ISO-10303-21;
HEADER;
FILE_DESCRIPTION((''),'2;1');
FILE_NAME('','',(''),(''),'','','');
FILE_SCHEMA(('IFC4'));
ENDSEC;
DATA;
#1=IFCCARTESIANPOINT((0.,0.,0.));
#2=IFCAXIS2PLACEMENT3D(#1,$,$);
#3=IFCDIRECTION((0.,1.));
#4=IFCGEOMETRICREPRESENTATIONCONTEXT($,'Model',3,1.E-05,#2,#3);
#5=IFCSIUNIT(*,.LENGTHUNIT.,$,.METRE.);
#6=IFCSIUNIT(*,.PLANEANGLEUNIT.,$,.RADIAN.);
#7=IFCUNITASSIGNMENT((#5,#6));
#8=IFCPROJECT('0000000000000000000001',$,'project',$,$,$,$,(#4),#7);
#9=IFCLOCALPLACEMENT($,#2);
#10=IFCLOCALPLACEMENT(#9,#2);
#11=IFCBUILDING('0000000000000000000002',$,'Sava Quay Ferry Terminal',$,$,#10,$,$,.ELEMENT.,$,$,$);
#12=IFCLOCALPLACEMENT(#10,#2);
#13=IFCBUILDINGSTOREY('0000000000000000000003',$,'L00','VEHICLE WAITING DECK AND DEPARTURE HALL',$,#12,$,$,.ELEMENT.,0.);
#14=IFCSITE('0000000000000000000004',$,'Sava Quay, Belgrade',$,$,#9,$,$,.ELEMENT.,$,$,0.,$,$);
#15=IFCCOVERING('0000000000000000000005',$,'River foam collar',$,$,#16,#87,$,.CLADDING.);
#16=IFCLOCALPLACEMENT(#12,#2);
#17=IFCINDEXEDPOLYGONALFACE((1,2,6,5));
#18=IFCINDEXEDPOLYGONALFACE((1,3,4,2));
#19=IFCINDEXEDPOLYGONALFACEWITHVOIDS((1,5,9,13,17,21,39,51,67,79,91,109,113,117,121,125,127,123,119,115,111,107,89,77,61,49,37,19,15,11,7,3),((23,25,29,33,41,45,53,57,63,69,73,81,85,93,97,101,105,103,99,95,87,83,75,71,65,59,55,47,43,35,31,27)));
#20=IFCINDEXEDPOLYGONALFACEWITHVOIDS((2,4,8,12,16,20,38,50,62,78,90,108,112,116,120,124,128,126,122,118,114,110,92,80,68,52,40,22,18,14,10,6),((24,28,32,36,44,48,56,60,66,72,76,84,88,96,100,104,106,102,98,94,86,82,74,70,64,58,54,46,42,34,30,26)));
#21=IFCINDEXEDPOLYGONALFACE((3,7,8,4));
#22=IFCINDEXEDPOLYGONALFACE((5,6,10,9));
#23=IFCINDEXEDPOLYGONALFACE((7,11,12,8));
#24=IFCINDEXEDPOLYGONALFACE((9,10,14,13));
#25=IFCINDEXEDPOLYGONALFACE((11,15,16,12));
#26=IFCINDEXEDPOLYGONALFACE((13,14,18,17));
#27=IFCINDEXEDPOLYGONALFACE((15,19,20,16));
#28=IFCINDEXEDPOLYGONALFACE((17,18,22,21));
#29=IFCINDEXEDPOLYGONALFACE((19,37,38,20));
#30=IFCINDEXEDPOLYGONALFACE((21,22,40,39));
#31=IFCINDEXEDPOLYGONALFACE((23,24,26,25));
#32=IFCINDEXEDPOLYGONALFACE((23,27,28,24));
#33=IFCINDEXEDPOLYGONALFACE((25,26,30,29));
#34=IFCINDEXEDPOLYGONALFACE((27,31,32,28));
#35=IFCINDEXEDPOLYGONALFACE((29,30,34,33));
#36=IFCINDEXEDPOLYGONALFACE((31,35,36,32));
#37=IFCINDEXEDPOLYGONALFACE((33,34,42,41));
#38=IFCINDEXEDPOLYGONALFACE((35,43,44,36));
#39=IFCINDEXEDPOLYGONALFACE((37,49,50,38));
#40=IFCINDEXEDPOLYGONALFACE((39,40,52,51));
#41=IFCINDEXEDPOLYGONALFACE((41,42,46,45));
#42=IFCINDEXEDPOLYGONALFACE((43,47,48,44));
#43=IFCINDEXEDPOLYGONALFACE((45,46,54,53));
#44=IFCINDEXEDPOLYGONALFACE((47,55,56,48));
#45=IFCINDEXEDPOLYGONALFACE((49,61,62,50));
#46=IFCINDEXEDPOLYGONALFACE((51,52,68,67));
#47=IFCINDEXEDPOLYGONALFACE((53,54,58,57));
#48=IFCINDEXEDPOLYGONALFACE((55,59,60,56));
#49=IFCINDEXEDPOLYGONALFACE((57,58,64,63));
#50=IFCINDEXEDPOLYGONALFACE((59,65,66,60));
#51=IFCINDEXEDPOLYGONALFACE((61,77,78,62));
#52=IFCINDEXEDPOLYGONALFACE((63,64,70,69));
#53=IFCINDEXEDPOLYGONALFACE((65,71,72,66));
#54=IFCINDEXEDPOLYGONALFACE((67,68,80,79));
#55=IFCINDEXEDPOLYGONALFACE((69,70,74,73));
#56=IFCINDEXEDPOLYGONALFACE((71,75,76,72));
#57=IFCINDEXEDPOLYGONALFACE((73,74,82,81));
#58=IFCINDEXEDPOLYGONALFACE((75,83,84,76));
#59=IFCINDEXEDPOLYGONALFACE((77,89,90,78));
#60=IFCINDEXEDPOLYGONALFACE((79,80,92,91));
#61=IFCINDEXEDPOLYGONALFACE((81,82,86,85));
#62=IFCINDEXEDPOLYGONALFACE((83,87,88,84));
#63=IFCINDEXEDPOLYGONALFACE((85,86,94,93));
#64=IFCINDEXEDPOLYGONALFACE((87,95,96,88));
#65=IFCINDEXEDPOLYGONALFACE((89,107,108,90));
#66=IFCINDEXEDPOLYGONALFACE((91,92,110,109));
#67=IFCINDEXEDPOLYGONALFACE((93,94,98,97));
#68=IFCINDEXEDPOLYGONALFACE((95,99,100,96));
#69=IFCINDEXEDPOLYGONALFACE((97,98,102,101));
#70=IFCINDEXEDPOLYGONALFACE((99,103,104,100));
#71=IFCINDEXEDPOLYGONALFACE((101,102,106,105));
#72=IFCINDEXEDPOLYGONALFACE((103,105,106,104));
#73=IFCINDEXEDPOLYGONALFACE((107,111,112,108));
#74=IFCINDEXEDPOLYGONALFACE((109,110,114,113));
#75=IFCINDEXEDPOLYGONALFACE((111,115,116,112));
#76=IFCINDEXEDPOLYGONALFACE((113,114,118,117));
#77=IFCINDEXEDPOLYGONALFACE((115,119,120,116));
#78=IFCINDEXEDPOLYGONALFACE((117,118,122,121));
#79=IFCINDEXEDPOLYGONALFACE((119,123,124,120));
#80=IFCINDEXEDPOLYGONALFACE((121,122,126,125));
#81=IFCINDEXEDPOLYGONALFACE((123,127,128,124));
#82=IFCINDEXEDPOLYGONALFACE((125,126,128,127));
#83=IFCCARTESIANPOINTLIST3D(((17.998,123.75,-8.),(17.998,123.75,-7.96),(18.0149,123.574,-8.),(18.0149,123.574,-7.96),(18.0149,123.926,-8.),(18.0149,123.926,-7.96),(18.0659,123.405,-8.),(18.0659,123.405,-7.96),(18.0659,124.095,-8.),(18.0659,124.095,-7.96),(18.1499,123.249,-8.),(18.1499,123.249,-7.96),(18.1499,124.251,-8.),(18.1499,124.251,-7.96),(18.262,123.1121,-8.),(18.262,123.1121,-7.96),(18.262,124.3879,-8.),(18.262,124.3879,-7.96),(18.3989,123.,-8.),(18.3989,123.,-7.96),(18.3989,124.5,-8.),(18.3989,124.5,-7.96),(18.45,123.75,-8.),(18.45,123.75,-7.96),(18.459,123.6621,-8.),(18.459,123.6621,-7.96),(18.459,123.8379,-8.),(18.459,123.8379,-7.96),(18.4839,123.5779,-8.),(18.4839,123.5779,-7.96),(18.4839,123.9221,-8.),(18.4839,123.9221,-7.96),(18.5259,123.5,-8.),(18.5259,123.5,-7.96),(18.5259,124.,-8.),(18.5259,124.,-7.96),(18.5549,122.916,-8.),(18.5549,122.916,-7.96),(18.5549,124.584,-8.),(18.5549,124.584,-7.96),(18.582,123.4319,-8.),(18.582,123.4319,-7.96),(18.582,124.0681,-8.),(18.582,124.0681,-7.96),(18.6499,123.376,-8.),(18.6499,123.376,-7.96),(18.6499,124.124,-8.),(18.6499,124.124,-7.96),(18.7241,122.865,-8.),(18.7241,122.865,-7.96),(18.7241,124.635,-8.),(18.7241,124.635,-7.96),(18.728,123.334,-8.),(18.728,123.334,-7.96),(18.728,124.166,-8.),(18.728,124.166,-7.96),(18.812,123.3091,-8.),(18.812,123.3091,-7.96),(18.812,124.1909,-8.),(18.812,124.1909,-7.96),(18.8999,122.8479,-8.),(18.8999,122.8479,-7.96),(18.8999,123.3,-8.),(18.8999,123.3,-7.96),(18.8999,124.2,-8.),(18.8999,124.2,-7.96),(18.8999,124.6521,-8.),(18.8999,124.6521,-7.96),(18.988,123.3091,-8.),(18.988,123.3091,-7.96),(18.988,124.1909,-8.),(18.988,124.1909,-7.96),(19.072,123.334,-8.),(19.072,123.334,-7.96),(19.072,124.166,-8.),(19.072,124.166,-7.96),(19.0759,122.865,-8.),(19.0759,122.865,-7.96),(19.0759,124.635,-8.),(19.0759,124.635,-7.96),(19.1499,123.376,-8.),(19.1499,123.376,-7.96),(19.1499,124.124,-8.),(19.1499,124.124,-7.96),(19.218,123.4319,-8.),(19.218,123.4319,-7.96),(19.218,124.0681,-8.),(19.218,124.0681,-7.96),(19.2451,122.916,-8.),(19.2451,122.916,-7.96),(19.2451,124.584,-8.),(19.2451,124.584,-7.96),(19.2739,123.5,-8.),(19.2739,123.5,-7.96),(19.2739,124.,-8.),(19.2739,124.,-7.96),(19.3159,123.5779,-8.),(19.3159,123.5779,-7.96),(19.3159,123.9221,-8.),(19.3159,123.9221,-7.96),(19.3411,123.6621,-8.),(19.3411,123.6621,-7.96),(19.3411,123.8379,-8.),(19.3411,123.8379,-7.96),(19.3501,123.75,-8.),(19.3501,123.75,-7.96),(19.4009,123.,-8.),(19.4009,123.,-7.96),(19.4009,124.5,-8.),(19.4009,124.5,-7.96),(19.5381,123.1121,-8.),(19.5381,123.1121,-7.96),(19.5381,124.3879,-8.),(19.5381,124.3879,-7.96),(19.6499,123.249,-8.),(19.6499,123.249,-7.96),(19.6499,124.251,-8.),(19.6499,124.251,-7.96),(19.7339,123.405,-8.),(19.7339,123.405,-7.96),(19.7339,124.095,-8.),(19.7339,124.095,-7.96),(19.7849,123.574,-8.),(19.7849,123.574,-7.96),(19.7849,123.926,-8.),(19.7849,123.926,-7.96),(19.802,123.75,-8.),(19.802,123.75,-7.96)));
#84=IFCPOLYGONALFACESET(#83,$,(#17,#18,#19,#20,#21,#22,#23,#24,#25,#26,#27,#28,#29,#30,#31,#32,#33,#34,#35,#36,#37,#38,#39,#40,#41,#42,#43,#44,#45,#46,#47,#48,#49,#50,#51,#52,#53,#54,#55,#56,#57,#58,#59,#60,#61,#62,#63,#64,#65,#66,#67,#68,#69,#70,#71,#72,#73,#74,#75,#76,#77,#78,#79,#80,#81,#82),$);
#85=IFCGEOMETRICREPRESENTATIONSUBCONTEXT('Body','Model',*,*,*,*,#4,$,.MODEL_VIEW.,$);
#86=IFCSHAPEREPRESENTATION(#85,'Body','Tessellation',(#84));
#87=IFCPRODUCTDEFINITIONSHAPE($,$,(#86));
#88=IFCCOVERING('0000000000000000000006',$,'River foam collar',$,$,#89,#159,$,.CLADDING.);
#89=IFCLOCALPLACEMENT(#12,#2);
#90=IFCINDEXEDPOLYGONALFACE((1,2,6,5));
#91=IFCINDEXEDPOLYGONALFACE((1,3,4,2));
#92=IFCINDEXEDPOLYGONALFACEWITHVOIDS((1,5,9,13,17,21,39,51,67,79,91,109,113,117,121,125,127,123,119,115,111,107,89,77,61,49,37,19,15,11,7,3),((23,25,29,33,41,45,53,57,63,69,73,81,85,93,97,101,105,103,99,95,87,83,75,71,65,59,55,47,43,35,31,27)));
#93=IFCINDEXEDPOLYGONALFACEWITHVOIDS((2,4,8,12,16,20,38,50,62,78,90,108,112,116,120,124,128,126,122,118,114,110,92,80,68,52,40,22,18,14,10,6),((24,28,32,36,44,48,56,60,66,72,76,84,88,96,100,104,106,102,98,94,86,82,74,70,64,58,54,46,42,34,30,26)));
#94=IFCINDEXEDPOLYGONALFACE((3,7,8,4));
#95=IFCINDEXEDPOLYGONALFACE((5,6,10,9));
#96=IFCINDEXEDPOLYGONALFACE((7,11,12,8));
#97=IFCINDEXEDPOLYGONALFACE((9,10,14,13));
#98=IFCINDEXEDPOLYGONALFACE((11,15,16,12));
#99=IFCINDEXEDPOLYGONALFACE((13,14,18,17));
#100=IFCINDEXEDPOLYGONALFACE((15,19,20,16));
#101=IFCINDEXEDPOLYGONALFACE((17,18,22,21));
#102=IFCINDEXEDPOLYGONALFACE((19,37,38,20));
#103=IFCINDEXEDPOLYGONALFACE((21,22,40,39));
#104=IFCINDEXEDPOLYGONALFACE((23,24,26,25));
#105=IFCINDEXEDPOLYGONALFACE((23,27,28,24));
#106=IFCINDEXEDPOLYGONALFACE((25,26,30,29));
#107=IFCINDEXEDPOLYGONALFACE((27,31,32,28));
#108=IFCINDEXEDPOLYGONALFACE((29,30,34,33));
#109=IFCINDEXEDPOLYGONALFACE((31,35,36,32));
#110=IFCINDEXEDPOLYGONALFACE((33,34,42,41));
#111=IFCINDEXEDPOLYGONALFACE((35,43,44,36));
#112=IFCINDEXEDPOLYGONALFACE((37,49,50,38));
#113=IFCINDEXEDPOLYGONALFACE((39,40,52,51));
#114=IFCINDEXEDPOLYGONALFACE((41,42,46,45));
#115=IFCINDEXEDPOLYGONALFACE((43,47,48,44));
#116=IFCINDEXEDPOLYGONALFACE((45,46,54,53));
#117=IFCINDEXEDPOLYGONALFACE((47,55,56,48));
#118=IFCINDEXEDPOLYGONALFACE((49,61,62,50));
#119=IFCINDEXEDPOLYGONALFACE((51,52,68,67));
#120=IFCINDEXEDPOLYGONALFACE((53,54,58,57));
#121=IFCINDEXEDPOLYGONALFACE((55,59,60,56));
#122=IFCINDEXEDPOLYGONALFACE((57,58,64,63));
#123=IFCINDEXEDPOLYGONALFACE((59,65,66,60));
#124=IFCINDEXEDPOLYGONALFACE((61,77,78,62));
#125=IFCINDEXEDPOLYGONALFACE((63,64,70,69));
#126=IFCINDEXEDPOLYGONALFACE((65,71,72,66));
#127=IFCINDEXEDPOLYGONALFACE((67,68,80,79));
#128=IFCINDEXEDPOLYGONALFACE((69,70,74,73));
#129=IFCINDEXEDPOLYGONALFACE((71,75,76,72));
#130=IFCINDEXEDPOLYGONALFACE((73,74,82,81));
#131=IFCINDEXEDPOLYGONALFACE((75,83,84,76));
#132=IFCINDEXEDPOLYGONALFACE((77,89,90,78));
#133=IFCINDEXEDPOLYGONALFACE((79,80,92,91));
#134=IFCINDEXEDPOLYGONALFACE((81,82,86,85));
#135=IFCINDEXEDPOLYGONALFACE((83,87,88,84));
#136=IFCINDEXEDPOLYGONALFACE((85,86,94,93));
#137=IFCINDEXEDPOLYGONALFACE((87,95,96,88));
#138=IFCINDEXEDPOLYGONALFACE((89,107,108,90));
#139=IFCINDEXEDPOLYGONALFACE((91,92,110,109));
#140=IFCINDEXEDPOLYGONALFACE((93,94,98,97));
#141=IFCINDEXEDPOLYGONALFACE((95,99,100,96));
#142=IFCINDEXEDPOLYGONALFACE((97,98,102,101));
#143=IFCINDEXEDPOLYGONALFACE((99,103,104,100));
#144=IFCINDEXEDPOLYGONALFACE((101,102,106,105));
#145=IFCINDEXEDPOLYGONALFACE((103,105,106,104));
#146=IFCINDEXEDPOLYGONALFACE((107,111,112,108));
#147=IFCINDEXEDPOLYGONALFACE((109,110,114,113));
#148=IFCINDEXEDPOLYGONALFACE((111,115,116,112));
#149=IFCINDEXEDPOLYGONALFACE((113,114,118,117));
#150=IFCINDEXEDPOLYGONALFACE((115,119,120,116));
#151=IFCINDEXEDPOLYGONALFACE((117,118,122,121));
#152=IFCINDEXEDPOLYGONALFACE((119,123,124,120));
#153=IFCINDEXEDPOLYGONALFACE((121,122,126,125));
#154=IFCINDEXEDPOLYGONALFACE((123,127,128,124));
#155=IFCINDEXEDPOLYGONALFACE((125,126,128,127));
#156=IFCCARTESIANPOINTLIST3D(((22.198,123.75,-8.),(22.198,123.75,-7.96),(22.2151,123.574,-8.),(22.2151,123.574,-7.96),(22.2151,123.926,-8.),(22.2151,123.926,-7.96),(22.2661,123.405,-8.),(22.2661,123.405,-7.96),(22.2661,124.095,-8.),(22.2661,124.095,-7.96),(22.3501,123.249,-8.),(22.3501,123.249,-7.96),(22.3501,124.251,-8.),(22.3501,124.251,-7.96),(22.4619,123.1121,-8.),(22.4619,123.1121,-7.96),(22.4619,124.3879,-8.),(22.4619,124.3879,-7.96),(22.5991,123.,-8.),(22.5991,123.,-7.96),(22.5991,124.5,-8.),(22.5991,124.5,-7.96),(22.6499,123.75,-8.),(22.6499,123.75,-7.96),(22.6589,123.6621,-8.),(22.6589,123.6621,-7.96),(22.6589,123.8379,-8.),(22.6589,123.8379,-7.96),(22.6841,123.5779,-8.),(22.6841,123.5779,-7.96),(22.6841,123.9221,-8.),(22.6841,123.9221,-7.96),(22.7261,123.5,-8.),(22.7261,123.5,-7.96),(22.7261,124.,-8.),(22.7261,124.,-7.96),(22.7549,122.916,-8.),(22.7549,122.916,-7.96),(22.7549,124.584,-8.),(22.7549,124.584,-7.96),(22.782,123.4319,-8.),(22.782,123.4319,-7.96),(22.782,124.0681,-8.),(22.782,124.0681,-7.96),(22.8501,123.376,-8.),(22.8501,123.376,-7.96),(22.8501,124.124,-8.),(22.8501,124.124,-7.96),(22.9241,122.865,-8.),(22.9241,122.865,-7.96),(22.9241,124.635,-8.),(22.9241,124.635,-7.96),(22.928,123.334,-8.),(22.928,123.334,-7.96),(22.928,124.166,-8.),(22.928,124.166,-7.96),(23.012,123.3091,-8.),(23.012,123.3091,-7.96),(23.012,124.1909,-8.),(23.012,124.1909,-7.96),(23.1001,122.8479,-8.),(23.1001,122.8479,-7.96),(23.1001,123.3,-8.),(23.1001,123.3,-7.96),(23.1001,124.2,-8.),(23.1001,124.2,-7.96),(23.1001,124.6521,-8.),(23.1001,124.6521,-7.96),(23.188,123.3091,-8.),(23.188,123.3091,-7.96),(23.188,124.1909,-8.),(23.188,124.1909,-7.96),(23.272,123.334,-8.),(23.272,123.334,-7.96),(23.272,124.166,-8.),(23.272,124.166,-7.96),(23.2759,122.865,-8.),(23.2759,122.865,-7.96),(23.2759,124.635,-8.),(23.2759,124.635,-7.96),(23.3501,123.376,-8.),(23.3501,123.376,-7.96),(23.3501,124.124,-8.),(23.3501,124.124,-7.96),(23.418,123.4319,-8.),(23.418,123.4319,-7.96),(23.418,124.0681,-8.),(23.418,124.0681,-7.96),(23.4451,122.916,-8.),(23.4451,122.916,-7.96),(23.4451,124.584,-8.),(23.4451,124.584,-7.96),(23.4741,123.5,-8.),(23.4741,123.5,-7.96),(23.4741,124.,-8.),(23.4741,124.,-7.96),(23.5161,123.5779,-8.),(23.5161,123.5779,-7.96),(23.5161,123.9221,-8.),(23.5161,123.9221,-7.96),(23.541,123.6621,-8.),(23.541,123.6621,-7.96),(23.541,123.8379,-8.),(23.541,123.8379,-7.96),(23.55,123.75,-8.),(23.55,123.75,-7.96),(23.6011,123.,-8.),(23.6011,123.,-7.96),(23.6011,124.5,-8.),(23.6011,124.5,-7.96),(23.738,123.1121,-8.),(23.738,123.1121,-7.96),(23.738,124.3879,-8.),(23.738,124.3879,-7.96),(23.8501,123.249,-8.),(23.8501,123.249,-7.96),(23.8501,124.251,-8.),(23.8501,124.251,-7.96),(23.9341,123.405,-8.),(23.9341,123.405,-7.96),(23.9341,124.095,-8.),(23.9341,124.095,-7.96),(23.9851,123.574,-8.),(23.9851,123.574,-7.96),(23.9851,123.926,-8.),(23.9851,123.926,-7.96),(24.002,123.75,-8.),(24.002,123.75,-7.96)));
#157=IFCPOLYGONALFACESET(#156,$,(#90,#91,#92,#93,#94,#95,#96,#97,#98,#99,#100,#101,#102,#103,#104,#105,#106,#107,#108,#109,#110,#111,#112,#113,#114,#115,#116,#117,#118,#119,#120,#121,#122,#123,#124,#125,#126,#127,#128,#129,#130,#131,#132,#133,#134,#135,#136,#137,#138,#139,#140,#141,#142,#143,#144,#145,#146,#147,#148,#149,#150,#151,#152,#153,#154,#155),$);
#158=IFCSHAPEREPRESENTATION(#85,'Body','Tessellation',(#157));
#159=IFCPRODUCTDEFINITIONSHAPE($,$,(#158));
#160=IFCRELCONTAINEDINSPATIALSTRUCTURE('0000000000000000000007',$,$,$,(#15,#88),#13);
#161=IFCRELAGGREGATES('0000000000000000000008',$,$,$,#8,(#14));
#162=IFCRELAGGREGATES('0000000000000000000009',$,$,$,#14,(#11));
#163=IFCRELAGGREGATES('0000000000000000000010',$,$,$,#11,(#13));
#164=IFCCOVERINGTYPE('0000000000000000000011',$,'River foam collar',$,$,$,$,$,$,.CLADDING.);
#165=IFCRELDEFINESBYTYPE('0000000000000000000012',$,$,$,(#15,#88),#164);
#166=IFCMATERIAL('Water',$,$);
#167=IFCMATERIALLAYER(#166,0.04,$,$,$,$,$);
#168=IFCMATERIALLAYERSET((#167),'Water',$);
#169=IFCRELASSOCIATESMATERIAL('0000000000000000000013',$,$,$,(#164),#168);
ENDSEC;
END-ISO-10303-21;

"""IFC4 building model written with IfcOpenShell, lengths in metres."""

from ifc_helpers import new_model, si_unit, direction, frame, origin, place, context, subcontext, project, spatial, polyline, outline, extrude, material, layer, layer_set, type_object, element, save


model = new_model("IFC4")

# Units and contexts
model_context = context("Model", 3, precision=1e-05, world=origin(), true_north=direction((0.0, 1.0)))
body_context = subcontext(model_context, "Body", "Model", "MODEL_VIEW")
ifc_project = project(units=[si_unit("LENGTHUNIT", "METRE"), si_unit("PLANEANGLEUNIT", "RADIAN")], contexts=[model_context])

# Site, building, storey
site_placement = place(None, origin())
site = spatial("IfcSite", under=ifc_project, at=site_placement, Name="Sava Quay, Belgrade", CompositionType="ELEMENT", RefElevation=0.0)
building_placement = place(site_placement, origin())
building = spatial("IfcBuilding", under=site, at=building_placement, Name="Sava Quay Ferry Terminal", CompositionType="ELEMENT")
storey_placement = place(building_placement, origin())
storey = spatial("IfcBuildingStorey", under=building, at=storey_placement, Name="L00", Description="VEHICLE WAITING DECK AND DEPARTURE HALL", CompositionType="ELEMENT", Elevation=0.0)

# Coverings
ifc_material = material(Name="Water")
ifc_layer = layer(ifc_material, 0.04)
ifc_layer_set = layer_set([ifc_layer], Name="Water")
covering_type = type_object("IfcCoveringType", Name="River foam collar", PredefinedType="CLADDING", material=ifc_layer_set)
covering_1_placement = place(storey_placement, frame((0.0, 0.0, -8.0)))
element("IfcCovering", 1, at=covering_1_placement, inside=storey, type_object=covering_type, Name="River foam collar", PredefinedType="CLADDING", context=body_context, shape_type="SweptSolid", body=[
    extrude(outline(polyline([(19.7849, 123.926), (19.7339, 124.095), (19.6499, 124.251), (19.5381, 124.3879), (19.4009, 124.5), (19.2451, 124.584), (19.0759, 124.635), (18.8999, 124.6521), (18.7241, 124.635), (18.5549, 124.584), (18.3989, 124.5), (18.262, 124.3879), (18.1499, 124.251), (18.0659, 124.095), (18.0149, 123.926), (17.998, 123.75), (18.0149, 123.574), (18.0659, 123.405), (18.1499, 123.249), (18.262, 123.1121), (18.3989, 123.0), (18.5549, 122.916), (18.7241, 122.865), (18.8999, 122.8479), (19.0759, 122.865), (19.2451, 122.916), (19.4009, 123.0), (19.5381, 123.1121), (19.6499, 123.249), (19.7339, 123.405), (19.7849, 123.574), (19.802, 123.75), (19.7849, 123.926)]), holes=[polyline([(19.3411, 123.6621), (19.3159, 123.5779), (19.2739, 123.5), (19.218, 123.4319), (19.1499, 123.376), (19.072, 123.334), (18.988, 123.3091), (18.8999, 123.3), (18.812, 123.3091), (18.728, 123.334), (18.6499, 123.376), (18.582, 123.4319), (18.5259, 123.5), (18.4839, 123.5779), (18.459, 123.6621), (18.45, 123.75), (18.459, 123.8379), (18.4839, 123.9221), (18.5259, 124.0), (18.582, 124.0681), (18.6499, 124.124), (18.728, 124.166), (18.812, 124.1909), (18.8999, 124.2), (18.988, 124.1909), (19.072, 124.166), (19.1499, 124.124), (19.218, 124.0681), (19.2739, 124.0), (19.3159, 123.9221), (19.3411, 123.8379), (19.3501, 123.75), (19.3411, 123.6621)])]), origin(), (0.0, 0.0, 1.0), 0.04),
])
covering_2_placement = place(storey_placement, frame((0.0, 0.0, -8.0)))
element("IfcCovering", 2, at=covering_2_placement, inside=storey, type_object=covering_type, Name="River foam collar", PredefinedType="CLADDING", context=body_context, shape_type="SweptSolid", body=[
    extrude(outline(polyline([(24.002, 123.75), (23.9851, 123.926), (23.9341, 124.095), (23.8501, 124.251), (23.738, 124.3879), (23.6011, 124.5), (23.4451, 124.584), (23.2759, 124.635), (23.1001, 124.6521), (22.9241, 124.635), (22.7549, 124.584), (22.5991, 124.5), (22.4619, 124.3879), (22.3501, 124.251), (22.2661, 124.095), (22.2151, 123.926), (22.198, 123.75), (22.2151, 123.574), (22.2661, 123.405), (22.3501, 123.249), (22.4619, 123.1121), (22.5991, 123.0), (22.7549, 122.916), (22.9241, 122.865), (23.1001, 122.8479), (23.2759, 122.865), (23.4451, 122.916), (23.6011, 123.0), (23.738, 123.1121), (23.8501, 123.249), (23.9341, 123.405), (23.9851, 123.574), (24.002, 123.75)]), holes=[polyline([(23.55, 123.75), (23.541, 123.6621), (23.5161, 123.5779), (23.4741, 123.5), (23.418, 123.4319), (23.3501, 123.376), (23.272, 123.334), (23.188, 123.3091), (23.1001, 123.3), (23.012, 123.3091), (22.928, 123.334), (22.8501, 123.376), (22.782, 123.4319), (22.7261, 123.5), (22.6841, 123.5779), (22.6589, 123.6621), (22.6499, 123.75), (22.6589, 123.8379), (22.6841, 123.9221), (22.7261, 124.0), (22.782, 124.0681), (22.8501, 124.124), (22.928, 124.166), (23.012, 124.1909), (23.1001, 124.2), (23.188, 124.1909), (23.272, 124.166), (23.3501, 124.124), (23.418, 124.0681), (23.4741, 124.0), (23.5161, 123.9221), (23.541, 123.8379), (23.55, 123.75)])]), origin(), (0.0, 0.0, 1.0), 0.04),
])

save(model, "model.ifc")
